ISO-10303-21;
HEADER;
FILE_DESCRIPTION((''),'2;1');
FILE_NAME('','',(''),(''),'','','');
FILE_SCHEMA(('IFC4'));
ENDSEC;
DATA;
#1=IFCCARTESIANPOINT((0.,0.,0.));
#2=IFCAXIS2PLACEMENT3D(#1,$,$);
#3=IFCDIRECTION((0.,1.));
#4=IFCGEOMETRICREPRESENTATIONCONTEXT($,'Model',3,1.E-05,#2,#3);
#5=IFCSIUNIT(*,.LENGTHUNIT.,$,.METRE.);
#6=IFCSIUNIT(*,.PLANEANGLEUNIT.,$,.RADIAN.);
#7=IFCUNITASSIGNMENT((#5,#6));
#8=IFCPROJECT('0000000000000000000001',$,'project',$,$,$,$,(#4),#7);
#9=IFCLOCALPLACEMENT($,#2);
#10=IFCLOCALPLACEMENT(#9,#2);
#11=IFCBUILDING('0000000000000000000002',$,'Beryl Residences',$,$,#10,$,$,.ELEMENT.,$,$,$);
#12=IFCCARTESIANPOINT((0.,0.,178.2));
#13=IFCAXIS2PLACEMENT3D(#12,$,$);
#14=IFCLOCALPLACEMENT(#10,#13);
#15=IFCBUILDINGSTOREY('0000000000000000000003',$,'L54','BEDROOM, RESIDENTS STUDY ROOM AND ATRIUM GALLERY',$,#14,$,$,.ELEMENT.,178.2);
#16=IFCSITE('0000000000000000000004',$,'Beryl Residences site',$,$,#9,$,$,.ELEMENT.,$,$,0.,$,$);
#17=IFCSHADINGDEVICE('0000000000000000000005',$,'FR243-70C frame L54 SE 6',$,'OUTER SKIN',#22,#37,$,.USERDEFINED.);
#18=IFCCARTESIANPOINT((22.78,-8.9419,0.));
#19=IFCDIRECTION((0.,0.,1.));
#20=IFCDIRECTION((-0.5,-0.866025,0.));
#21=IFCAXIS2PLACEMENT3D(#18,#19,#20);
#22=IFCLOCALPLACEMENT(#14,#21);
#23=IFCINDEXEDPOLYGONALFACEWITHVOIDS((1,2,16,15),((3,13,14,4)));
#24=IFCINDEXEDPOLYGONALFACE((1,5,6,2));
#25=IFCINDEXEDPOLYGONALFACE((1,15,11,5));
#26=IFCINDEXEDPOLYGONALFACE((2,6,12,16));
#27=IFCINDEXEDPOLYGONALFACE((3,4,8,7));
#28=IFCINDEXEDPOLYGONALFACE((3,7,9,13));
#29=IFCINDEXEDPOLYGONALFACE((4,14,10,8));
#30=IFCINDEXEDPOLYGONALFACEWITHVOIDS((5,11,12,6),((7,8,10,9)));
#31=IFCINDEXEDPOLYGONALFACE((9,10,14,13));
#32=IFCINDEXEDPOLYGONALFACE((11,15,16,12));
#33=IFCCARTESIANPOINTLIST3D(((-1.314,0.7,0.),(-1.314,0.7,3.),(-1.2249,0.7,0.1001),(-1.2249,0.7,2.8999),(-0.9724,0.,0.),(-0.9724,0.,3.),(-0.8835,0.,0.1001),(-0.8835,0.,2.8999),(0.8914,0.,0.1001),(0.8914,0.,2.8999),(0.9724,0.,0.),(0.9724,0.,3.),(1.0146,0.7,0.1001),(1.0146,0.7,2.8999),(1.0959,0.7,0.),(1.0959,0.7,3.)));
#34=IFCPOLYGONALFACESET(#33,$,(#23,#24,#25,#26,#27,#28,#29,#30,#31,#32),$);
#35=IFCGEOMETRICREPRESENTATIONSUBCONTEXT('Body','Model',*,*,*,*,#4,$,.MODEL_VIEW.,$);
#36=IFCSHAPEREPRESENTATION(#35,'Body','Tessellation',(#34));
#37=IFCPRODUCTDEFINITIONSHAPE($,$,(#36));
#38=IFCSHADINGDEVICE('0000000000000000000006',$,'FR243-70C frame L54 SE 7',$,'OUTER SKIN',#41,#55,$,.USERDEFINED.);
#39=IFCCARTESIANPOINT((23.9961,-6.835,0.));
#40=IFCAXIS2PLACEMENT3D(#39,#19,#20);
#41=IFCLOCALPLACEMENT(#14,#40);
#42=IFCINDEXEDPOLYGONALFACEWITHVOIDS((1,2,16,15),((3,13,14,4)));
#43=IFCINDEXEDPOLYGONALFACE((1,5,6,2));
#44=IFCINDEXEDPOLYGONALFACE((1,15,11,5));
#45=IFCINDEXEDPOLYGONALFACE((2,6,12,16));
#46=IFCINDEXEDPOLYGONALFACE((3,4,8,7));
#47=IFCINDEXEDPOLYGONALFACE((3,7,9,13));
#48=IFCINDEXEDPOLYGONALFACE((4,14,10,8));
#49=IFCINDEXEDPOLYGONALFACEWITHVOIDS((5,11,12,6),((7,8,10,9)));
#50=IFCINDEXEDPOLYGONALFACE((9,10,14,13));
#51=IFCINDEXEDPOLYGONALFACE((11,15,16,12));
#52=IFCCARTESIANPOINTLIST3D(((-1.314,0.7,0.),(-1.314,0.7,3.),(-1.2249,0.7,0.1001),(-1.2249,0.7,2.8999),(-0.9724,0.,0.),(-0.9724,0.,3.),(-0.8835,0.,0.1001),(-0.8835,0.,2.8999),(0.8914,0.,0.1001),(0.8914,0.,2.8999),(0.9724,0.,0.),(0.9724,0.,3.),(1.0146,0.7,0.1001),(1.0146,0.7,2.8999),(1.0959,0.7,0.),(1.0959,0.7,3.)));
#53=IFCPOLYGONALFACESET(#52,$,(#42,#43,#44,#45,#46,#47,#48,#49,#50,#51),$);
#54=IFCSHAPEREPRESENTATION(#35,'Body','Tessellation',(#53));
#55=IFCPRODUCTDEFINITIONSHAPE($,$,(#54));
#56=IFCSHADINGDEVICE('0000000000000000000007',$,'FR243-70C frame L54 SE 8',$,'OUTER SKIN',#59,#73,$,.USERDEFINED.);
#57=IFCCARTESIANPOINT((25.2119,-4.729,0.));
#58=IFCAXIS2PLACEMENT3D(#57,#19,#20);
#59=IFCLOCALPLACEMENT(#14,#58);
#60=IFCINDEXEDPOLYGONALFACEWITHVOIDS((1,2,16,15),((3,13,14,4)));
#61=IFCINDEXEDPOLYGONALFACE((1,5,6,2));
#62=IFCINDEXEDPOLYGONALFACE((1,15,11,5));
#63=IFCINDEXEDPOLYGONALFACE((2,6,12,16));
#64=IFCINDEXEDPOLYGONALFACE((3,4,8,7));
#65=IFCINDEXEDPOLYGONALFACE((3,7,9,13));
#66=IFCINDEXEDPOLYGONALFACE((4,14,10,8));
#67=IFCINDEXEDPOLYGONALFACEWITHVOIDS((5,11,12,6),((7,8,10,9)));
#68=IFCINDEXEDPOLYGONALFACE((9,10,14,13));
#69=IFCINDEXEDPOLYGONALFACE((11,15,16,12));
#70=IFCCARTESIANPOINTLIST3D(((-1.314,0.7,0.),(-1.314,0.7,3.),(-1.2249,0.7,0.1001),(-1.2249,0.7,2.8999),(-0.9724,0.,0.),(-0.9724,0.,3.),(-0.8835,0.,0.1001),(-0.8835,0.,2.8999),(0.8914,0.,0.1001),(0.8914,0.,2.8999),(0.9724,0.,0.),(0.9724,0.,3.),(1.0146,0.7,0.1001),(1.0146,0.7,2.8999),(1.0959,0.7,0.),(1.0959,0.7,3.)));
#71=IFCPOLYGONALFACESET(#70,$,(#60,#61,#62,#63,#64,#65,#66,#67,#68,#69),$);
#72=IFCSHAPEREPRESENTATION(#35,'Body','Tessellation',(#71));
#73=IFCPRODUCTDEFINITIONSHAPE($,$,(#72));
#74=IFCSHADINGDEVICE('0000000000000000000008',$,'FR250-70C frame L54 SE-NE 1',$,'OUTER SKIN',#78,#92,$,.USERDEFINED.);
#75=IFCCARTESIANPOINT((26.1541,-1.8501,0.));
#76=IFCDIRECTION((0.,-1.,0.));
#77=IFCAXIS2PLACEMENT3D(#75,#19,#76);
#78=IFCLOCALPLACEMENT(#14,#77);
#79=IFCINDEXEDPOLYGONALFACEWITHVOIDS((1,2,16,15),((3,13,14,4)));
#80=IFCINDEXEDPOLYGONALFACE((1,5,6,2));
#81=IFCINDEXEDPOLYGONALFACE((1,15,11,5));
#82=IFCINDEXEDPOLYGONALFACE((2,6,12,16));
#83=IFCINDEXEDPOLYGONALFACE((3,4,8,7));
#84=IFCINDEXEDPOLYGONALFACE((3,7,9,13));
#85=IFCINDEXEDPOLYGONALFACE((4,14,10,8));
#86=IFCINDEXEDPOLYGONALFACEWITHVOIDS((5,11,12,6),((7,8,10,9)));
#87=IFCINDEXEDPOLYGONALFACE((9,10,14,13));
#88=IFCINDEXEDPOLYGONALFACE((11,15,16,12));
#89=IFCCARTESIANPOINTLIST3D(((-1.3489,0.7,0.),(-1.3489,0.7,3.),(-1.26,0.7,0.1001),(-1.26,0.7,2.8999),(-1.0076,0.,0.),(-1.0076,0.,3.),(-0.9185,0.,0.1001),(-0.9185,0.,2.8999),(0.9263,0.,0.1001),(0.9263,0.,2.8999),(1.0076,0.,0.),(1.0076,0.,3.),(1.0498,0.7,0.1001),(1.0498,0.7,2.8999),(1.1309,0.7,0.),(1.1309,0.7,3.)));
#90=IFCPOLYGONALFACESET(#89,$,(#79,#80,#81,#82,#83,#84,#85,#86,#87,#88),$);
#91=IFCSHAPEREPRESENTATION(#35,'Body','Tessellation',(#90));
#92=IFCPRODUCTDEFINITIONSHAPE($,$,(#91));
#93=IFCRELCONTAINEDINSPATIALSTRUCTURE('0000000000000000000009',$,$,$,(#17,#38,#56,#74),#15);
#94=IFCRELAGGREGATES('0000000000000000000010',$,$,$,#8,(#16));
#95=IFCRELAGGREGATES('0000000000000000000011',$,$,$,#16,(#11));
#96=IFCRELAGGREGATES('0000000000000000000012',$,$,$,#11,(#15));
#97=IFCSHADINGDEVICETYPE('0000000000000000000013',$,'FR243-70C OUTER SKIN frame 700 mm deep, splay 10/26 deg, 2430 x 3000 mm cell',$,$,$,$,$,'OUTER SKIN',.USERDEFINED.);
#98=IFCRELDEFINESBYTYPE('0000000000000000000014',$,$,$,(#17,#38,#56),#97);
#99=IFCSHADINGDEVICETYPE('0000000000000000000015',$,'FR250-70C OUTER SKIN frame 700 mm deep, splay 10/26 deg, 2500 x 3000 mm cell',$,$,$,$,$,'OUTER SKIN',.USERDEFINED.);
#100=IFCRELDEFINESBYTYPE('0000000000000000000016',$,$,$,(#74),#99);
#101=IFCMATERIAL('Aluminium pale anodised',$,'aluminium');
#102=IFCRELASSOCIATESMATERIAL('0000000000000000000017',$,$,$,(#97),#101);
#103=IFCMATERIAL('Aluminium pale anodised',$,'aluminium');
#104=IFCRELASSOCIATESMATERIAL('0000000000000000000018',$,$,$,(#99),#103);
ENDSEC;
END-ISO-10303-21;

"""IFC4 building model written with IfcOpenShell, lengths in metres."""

from ifc_helpers import new_model, entity, si_unit, direction, frame, origin, place, context, subcontext, project, spatial, source, transform, mapped, material, type_object, type_shapes, element, save


model = new_model("IFC4")

# Units and contexts
model_context = context("Model", 3, precision=1e-05, world=origin(), true_north=direction((0.0, 1.0)))
body_context = subcontext(model_context, "Body", "Model", "MODEL_VIEW")
ifc_project = project(units=[si_unit("LENGTHUNIT", "METRE"), si_unit("PLANEANGLEUNIT", "RADIAN")], contexts=[model_context])

# Site, building, storey
site_placement = place(None, origin())
site = spatial("IfcSite", under=ifc_project, at=site_placement, Name="Beryl Residences site", CompositionType="ELEMENT", RefElevation=0.0)
building_placement = place(site_placement, origin())
building = spatial("IfcBuilding", under=site, at=building_placement, Name="Beryl Residences", CompositionType="ELEMENT")
storey_placement = place(building_placement, frame((0.0, 0.0, 178.2)))
storey = spatial("IfcBuildingStorey", under=building, at=storey_placement, Name="L54", Description="BEDROOM, RESIDENTS STUDY ROOM AND ATRIUM GALLERY", CompositionType="ELEMENT", Elevation=178.2)

# Shading devices
ifc_material_1 = material(Name="Aluminium pale anodised", Category="aluminium")
shading_device_type_1 = type_object("IfcShadingDeviceType", Name="FR243-70C OUTER SKIN frame 700 mm deep, splay 10/26 deg, 2430 x 3000 mm cell", ElementType="OUTER SKIN", PredefinedType="USERDEFINED", material=ifc_material_1)
cartesian_point_1 = entity("IfcCartesianPoint", [-0.9724, 0.0])
cartesian_point_2 = entity("IfcCartesianPoint", [-0.8914, 0.1001])
cartesian_point_3 = entity("IfcCartesianPoint", [-1.0959, 0.0])
cartesian_point_4 = entity("IfcCartesianPoint", [-1.0146, 0.1001])
shared_shape_1 = source(origin(), body_context, "Body", "SweptSolid", [
    entity("IfcExtrudedAreaSolidTapered", entity("IfcArbitraryProfileDefWithVoids", "AREA", None, entity("IfcPolyline", [cartesian_point_1, entity("IfcCartesianPoint", [0.9724, 0.0]), entity("IfcCartesianPoint", [0.9724, 3.0]), entity("IfcCartesianPoint", [-0.9724, 3.0]), cartesian_point_1]), [entity("IfcPolyline", [cartesian_point_2, entity("IfcCartesianPoint", [0.8835, 0.1001]), entity("IfcCartesianPoint", [0.8835, 2.8999]), entity("IfcCartesianPoint", [-0.8914, 2.8999]), cartesian_point_2])]), entity("IfcAxis2Placement3D", entity("IfcCartesianPoint", [0.0, 0.0, 0.0]), entity("IfcDirection", [0.0, 1.0, 0.0]), entity("IfcDirection", [-1.0, 0.0, 0.0])), entity("IfcDirection", [0.0, 0.0, 1.0]), 0.7, entity("IfcArbitraryProfileDefWithVoids", "AREA", None, entity("IfcPolyline", [cartesian_point_3, entity("IfcCartesianPoint", [1.314, 0.0]), entity("IfcCartesianPoint", [1.314, 3.0]), entity("IfcCartesianPoint", [-1.0959, 3.0]), cartesian_point_3]), [entity("IfcPolyline", [cartesian_point_4, entity("IfcCartesianPoint", [1.2249, 0.1001]), entity("IfcCartesianPoint", [1.2249, 2.8999]), entity("IfcCartesianPoint", [-1.0146, 2.8999]), cartesian_point_4])])),
])
type_shapes(shading_device_type_1, [shared_shape_1])
for number, where, z_axis, x_axis, name in (
    (1, (22.78, -8.9419, 0.0), (0.0, 0.0, 1.0), (-0.5, -0.866025, 0.0), "FR243-70C frame L54 SE 6"),
    (2, (23.9961, -6.835, 0.0), (0.0, 0.0, 1.0), (-0.5, -0.866025, 0.0), "FR243-70C frame L54 SE 7"),
    (3, (25.2119, -4.729, 0.0), (0.0, 0.0, 1.0), (-0.5, -0.866025, 0.0), "FR243-70C frame L54 SE 8"),
):
    element("IfcShadingDevice", number, at=place(storey_placement, frame(where, z_axis=z_axis, x_axis=x_axis)), inside=storey, type_object=shading_device_type_1, Name=name, ObjectType="OUTER SKIN", PredefinedType="USERDEFINED", context=body_context, shape_type="MappedRepresentation", body=[
        mapped(shared_shape_1, transform((0.0, 0.0, 0.0))),
    ])
ifc_material_2 = material(Name="Aluminium pale anodised", Category="aluminium")
shading_device_type_2 = type_object("IfcShadingDeviceType", Name="FR250-70C OUTER SKIN frame 700 mm deep, splay 10/26 deg, 2500 x 3000 mm cell", ElementType="OUTER SKIN", PredefinedType="USERDEFINED", material=ifc_material_2)
cartesian_point_5 = entity("IfcCartesianPoint", [-1.0076, 0.0])
cartesian_point_6 = entity("IfcCartesianPoint", [-0.9263, 0.1001])
cartesian_point_7 = entity("IfcCartesianPoint", [-1.1309, 0.0])
cartesian_point_8 = entity("IfcCartesianPoint", [-1.0498, 0.1001])
shared_shape_2 = source(origin(), body_context, "Body", "SweptSolid", [
    entity("IfcExtrudedAreaSolidTapered", entity("IfcArbitraryProfileDefWithVoids", "AREA", None, entity("IfcPolyline", [cartesian_point_5, entity("IfcCartesianPoint", [1.0076, 0.0]), entity("IfcCartesianPoint", [1.0076, 3.0]), entity("IfcCartesianPoint", [-1.0076, 3.0]), cartesian_point_5]), [entity("IfcPolyline", [cartesian_point_6, entity("IfcCartesianPoint", [0.9185, 0.1001]), entity("IfcCartesianPoint", [0.9185, 2.8999]), entity("IfcCartesianPoint", [-0.9263, 2.8999]), cartesian_point_6])]), entity("IfcAxis2Placement3D", entity("IfcCartesianPoint", [0.0, 0.0, 0.0]), entity("IfcDirection", [0.0, 1.0, 0.0]), entity("IfcDirection", [-1.0, 0.0, 0.0])), entity("IfcDirection", [0.0, 0.0, 1.0]), 0.7, entity("IfcArbitraryProfileDefWithVoids", "AREA", None, entity("IfcPolyline", [cartesian_point_7, entity("IfcCartesianPoint", [1.3489, 0.0]), entity("IfcCartesianPoint", [1.3489, 3.0]), entity("IfcCartesianPoint", [-1.1309, 3.0]), cartesian_point_7]), [entity("IfcPolyline", [cartesian_point_8, entity("IfcCartesianPoint", [1.26, 0.1001]), entity("IfcCartesianPoint", [1.26, 2.8999]), entity("IfcCartesianPoint", [-1.0498, 2.8999]), cartesian_point_8])])),
])
type_shapes(shading_device_type_2, [shared_shape_2])
shading_device_placement = place(storey_placement, frame((26.1541, -1.8501, 0.0), z_axis=(0.0, 0.0, 1.0), x_axis=(0.0, -1.0, 0.0)))
element("IfcShadingDevice", 4, at=shading_device_placement, inside=storey, type_object=shading_device_type_2, Name="FR250-70C frame L54 SE-NE 1", ObjectType="OUTER SKIN", PredefinedType="USERDEFINED", context=body_context, shape_type="MappedRepresentation", body=[
    mapped(shared_shape_2, transform((0.0, 0.0, 0.0))),
])

save(model, "model.ifc")
